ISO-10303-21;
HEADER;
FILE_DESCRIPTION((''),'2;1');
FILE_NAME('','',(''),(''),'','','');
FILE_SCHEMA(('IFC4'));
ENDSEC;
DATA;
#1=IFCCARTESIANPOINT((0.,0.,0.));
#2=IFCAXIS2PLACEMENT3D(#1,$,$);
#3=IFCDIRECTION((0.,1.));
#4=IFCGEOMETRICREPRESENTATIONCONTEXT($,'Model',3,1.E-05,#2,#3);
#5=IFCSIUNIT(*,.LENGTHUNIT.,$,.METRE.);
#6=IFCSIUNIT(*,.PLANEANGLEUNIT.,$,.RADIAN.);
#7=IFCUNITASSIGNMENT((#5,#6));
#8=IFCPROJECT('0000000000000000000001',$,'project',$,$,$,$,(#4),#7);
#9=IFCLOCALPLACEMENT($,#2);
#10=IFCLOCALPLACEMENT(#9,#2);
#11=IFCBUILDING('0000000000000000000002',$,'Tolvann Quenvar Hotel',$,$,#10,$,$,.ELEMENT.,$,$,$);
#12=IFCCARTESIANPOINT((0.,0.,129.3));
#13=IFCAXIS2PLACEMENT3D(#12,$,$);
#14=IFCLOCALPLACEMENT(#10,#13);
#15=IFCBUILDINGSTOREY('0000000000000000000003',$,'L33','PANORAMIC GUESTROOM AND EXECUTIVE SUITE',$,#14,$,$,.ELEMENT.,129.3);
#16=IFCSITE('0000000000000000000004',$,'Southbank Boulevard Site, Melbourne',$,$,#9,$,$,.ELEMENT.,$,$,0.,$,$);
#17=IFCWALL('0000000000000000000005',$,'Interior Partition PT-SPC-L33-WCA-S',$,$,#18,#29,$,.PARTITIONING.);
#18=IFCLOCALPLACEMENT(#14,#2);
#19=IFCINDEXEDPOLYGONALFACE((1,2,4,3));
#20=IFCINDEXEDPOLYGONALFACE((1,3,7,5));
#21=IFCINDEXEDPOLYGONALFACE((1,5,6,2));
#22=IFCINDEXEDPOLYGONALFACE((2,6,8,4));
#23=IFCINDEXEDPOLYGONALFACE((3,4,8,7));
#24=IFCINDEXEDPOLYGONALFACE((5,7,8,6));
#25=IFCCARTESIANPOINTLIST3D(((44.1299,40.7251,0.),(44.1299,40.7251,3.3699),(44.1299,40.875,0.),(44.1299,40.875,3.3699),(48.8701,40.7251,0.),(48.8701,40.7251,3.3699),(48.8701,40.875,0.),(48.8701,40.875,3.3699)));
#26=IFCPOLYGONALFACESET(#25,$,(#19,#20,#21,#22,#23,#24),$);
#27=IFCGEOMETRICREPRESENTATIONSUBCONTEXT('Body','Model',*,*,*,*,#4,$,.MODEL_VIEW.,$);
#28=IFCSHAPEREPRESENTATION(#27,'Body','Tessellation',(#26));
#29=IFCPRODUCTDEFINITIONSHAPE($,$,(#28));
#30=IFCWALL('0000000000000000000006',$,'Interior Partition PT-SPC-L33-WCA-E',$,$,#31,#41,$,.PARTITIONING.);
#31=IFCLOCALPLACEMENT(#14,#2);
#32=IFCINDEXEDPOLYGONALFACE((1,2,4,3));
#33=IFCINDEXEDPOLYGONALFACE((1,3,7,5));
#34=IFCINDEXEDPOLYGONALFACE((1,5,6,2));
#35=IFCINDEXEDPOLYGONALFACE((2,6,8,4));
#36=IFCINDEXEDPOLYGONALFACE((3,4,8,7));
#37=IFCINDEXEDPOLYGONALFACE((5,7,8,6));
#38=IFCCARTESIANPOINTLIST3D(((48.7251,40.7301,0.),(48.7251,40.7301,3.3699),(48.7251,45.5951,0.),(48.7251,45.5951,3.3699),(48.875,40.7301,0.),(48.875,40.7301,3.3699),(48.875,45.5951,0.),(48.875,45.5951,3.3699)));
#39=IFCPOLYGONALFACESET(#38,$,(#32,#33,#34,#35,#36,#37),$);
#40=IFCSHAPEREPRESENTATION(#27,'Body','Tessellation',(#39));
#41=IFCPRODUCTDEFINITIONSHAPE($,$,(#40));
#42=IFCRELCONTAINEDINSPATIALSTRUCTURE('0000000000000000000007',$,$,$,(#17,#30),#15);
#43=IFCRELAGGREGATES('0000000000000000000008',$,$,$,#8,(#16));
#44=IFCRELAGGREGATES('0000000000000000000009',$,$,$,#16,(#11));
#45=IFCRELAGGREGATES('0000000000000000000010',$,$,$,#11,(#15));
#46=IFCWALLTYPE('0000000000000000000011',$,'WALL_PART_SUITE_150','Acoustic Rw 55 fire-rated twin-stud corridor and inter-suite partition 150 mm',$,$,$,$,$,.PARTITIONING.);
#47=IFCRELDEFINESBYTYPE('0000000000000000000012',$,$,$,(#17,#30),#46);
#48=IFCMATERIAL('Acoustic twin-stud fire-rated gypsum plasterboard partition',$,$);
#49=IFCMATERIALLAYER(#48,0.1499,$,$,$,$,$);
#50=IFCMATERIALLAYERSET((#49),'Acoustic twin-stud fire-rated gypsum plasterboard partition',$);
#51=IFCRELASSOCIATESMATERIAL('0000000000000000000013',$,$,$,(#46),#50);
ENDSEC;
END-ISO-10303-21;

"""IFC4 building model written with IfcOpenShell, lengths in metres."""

from ifc_helpers import new_model, si_unit, direction, frame, frame_2d, origin, place, context, subcontext, project, spatial, rectangle, extrude, material, layer, layer_set, type_object, element, save


model = new_model("IFC4")

# Units and contexts
model_context = context("Model", 3, precision=1e-05, world=origin(), true_north=direction((0.0, 1.0)))
body_context = subcontext(model_context, "Body", "Model", "MODEL_VIEW")
ifc_project = project(units=[si_unit("LENGTHUNIT", "METRE"), si_unit("PLANEANGLEUNIT", "RADIAN")], contexts=[model_context])

# Site, building, storey
site_placement = place(None, origin())
site = spatial("IfcSite", under=ifc_project, at=site_placement, Name="Southbank Boulevard Site, Melbourne", CompositionType="ELEMENT", RefElevation=0.0)
building_placement = place(site_placement, origin())
building = spatial("IfcBuilding", under=site, at=building_placement, Name="Tolvann Quenvar Hotel", CompositionType="ELEMENT")
storey_placement = place(building_placement, frame((0.0, 0.0, 129.3)))
storey = spatial("IfcBuildingStorey", under=building, at=storey_placement, Name="L33", Description="PANORAMIC GUESTROOM AND EXECUTIVE SUITE", CompositionType="ELEMENT", Elevation=129.3)

# Shared definitions
ifc_material_1 = material(Name="Acoustic twin-stud fire-rated gypsum plasterboard partition")
ifc_layer_1 = layer(ifc_material_1, 0.1499)
ifc_layer_set_1 = layer_set([ifc_layer_1], Name="Acoustic twin-stud fire-rated gypsum plasterboard partition")
wall_type_1 = type_object("IfcWallType", Name="WALL_PART_SUITE_150", Description="Acoustic Rw 55 fire-rated twin-stud corridor and inter-suite partition 150 mm", PredefinedType="PARTITIONING", material=ifc_layer_set_1)

# Walls
wall_1_placement = place(storey_placement, frame((44.1299, 40.8, 0.0), z_axis=(0.0, 0.0, 1.0), x_axis=(1.0, 0.0, 0.0)))
element("IfcWall", 1, at=wall_1_placement, inside=storey, type_object=wall_type_1, Name="Interior Partition PT-SPC-L33-WCA-S", PredefinedType="PARTITIONING", context=body_context, shape_type="SweptSolid", body=[
    extrude(rectangle(XDim=4.7402, YDim=0.1499, at=frame_2d((2.3701, 0.0))), origin(), (0.0, 0.0, 1.0), 3.3699),
])
wall_2_placement = place(storey_placement, frame((48.8, 40.73, 0.0), z_axis=(0.0, 0.0, 1.0), x_axis=(0.0, 1.0, 0.0)))
element("IfcWall", 2, at=wall_2_placement, inside=storey, type_object=wall_type_1, Name="Interior Partition PT-SPC-L33-WCA-E", PredefinedType="PARTITIONING", context=body_context, shape_type="SweptSolid", body=[
    extrude(rectangle(XDim=4.865, YDim=0.1499, at=frame_2d((2.4326, 0.0))), origin(), (0.0, 0.0, 1.0), 3.3699),
])

save(model, "model.ifc")
